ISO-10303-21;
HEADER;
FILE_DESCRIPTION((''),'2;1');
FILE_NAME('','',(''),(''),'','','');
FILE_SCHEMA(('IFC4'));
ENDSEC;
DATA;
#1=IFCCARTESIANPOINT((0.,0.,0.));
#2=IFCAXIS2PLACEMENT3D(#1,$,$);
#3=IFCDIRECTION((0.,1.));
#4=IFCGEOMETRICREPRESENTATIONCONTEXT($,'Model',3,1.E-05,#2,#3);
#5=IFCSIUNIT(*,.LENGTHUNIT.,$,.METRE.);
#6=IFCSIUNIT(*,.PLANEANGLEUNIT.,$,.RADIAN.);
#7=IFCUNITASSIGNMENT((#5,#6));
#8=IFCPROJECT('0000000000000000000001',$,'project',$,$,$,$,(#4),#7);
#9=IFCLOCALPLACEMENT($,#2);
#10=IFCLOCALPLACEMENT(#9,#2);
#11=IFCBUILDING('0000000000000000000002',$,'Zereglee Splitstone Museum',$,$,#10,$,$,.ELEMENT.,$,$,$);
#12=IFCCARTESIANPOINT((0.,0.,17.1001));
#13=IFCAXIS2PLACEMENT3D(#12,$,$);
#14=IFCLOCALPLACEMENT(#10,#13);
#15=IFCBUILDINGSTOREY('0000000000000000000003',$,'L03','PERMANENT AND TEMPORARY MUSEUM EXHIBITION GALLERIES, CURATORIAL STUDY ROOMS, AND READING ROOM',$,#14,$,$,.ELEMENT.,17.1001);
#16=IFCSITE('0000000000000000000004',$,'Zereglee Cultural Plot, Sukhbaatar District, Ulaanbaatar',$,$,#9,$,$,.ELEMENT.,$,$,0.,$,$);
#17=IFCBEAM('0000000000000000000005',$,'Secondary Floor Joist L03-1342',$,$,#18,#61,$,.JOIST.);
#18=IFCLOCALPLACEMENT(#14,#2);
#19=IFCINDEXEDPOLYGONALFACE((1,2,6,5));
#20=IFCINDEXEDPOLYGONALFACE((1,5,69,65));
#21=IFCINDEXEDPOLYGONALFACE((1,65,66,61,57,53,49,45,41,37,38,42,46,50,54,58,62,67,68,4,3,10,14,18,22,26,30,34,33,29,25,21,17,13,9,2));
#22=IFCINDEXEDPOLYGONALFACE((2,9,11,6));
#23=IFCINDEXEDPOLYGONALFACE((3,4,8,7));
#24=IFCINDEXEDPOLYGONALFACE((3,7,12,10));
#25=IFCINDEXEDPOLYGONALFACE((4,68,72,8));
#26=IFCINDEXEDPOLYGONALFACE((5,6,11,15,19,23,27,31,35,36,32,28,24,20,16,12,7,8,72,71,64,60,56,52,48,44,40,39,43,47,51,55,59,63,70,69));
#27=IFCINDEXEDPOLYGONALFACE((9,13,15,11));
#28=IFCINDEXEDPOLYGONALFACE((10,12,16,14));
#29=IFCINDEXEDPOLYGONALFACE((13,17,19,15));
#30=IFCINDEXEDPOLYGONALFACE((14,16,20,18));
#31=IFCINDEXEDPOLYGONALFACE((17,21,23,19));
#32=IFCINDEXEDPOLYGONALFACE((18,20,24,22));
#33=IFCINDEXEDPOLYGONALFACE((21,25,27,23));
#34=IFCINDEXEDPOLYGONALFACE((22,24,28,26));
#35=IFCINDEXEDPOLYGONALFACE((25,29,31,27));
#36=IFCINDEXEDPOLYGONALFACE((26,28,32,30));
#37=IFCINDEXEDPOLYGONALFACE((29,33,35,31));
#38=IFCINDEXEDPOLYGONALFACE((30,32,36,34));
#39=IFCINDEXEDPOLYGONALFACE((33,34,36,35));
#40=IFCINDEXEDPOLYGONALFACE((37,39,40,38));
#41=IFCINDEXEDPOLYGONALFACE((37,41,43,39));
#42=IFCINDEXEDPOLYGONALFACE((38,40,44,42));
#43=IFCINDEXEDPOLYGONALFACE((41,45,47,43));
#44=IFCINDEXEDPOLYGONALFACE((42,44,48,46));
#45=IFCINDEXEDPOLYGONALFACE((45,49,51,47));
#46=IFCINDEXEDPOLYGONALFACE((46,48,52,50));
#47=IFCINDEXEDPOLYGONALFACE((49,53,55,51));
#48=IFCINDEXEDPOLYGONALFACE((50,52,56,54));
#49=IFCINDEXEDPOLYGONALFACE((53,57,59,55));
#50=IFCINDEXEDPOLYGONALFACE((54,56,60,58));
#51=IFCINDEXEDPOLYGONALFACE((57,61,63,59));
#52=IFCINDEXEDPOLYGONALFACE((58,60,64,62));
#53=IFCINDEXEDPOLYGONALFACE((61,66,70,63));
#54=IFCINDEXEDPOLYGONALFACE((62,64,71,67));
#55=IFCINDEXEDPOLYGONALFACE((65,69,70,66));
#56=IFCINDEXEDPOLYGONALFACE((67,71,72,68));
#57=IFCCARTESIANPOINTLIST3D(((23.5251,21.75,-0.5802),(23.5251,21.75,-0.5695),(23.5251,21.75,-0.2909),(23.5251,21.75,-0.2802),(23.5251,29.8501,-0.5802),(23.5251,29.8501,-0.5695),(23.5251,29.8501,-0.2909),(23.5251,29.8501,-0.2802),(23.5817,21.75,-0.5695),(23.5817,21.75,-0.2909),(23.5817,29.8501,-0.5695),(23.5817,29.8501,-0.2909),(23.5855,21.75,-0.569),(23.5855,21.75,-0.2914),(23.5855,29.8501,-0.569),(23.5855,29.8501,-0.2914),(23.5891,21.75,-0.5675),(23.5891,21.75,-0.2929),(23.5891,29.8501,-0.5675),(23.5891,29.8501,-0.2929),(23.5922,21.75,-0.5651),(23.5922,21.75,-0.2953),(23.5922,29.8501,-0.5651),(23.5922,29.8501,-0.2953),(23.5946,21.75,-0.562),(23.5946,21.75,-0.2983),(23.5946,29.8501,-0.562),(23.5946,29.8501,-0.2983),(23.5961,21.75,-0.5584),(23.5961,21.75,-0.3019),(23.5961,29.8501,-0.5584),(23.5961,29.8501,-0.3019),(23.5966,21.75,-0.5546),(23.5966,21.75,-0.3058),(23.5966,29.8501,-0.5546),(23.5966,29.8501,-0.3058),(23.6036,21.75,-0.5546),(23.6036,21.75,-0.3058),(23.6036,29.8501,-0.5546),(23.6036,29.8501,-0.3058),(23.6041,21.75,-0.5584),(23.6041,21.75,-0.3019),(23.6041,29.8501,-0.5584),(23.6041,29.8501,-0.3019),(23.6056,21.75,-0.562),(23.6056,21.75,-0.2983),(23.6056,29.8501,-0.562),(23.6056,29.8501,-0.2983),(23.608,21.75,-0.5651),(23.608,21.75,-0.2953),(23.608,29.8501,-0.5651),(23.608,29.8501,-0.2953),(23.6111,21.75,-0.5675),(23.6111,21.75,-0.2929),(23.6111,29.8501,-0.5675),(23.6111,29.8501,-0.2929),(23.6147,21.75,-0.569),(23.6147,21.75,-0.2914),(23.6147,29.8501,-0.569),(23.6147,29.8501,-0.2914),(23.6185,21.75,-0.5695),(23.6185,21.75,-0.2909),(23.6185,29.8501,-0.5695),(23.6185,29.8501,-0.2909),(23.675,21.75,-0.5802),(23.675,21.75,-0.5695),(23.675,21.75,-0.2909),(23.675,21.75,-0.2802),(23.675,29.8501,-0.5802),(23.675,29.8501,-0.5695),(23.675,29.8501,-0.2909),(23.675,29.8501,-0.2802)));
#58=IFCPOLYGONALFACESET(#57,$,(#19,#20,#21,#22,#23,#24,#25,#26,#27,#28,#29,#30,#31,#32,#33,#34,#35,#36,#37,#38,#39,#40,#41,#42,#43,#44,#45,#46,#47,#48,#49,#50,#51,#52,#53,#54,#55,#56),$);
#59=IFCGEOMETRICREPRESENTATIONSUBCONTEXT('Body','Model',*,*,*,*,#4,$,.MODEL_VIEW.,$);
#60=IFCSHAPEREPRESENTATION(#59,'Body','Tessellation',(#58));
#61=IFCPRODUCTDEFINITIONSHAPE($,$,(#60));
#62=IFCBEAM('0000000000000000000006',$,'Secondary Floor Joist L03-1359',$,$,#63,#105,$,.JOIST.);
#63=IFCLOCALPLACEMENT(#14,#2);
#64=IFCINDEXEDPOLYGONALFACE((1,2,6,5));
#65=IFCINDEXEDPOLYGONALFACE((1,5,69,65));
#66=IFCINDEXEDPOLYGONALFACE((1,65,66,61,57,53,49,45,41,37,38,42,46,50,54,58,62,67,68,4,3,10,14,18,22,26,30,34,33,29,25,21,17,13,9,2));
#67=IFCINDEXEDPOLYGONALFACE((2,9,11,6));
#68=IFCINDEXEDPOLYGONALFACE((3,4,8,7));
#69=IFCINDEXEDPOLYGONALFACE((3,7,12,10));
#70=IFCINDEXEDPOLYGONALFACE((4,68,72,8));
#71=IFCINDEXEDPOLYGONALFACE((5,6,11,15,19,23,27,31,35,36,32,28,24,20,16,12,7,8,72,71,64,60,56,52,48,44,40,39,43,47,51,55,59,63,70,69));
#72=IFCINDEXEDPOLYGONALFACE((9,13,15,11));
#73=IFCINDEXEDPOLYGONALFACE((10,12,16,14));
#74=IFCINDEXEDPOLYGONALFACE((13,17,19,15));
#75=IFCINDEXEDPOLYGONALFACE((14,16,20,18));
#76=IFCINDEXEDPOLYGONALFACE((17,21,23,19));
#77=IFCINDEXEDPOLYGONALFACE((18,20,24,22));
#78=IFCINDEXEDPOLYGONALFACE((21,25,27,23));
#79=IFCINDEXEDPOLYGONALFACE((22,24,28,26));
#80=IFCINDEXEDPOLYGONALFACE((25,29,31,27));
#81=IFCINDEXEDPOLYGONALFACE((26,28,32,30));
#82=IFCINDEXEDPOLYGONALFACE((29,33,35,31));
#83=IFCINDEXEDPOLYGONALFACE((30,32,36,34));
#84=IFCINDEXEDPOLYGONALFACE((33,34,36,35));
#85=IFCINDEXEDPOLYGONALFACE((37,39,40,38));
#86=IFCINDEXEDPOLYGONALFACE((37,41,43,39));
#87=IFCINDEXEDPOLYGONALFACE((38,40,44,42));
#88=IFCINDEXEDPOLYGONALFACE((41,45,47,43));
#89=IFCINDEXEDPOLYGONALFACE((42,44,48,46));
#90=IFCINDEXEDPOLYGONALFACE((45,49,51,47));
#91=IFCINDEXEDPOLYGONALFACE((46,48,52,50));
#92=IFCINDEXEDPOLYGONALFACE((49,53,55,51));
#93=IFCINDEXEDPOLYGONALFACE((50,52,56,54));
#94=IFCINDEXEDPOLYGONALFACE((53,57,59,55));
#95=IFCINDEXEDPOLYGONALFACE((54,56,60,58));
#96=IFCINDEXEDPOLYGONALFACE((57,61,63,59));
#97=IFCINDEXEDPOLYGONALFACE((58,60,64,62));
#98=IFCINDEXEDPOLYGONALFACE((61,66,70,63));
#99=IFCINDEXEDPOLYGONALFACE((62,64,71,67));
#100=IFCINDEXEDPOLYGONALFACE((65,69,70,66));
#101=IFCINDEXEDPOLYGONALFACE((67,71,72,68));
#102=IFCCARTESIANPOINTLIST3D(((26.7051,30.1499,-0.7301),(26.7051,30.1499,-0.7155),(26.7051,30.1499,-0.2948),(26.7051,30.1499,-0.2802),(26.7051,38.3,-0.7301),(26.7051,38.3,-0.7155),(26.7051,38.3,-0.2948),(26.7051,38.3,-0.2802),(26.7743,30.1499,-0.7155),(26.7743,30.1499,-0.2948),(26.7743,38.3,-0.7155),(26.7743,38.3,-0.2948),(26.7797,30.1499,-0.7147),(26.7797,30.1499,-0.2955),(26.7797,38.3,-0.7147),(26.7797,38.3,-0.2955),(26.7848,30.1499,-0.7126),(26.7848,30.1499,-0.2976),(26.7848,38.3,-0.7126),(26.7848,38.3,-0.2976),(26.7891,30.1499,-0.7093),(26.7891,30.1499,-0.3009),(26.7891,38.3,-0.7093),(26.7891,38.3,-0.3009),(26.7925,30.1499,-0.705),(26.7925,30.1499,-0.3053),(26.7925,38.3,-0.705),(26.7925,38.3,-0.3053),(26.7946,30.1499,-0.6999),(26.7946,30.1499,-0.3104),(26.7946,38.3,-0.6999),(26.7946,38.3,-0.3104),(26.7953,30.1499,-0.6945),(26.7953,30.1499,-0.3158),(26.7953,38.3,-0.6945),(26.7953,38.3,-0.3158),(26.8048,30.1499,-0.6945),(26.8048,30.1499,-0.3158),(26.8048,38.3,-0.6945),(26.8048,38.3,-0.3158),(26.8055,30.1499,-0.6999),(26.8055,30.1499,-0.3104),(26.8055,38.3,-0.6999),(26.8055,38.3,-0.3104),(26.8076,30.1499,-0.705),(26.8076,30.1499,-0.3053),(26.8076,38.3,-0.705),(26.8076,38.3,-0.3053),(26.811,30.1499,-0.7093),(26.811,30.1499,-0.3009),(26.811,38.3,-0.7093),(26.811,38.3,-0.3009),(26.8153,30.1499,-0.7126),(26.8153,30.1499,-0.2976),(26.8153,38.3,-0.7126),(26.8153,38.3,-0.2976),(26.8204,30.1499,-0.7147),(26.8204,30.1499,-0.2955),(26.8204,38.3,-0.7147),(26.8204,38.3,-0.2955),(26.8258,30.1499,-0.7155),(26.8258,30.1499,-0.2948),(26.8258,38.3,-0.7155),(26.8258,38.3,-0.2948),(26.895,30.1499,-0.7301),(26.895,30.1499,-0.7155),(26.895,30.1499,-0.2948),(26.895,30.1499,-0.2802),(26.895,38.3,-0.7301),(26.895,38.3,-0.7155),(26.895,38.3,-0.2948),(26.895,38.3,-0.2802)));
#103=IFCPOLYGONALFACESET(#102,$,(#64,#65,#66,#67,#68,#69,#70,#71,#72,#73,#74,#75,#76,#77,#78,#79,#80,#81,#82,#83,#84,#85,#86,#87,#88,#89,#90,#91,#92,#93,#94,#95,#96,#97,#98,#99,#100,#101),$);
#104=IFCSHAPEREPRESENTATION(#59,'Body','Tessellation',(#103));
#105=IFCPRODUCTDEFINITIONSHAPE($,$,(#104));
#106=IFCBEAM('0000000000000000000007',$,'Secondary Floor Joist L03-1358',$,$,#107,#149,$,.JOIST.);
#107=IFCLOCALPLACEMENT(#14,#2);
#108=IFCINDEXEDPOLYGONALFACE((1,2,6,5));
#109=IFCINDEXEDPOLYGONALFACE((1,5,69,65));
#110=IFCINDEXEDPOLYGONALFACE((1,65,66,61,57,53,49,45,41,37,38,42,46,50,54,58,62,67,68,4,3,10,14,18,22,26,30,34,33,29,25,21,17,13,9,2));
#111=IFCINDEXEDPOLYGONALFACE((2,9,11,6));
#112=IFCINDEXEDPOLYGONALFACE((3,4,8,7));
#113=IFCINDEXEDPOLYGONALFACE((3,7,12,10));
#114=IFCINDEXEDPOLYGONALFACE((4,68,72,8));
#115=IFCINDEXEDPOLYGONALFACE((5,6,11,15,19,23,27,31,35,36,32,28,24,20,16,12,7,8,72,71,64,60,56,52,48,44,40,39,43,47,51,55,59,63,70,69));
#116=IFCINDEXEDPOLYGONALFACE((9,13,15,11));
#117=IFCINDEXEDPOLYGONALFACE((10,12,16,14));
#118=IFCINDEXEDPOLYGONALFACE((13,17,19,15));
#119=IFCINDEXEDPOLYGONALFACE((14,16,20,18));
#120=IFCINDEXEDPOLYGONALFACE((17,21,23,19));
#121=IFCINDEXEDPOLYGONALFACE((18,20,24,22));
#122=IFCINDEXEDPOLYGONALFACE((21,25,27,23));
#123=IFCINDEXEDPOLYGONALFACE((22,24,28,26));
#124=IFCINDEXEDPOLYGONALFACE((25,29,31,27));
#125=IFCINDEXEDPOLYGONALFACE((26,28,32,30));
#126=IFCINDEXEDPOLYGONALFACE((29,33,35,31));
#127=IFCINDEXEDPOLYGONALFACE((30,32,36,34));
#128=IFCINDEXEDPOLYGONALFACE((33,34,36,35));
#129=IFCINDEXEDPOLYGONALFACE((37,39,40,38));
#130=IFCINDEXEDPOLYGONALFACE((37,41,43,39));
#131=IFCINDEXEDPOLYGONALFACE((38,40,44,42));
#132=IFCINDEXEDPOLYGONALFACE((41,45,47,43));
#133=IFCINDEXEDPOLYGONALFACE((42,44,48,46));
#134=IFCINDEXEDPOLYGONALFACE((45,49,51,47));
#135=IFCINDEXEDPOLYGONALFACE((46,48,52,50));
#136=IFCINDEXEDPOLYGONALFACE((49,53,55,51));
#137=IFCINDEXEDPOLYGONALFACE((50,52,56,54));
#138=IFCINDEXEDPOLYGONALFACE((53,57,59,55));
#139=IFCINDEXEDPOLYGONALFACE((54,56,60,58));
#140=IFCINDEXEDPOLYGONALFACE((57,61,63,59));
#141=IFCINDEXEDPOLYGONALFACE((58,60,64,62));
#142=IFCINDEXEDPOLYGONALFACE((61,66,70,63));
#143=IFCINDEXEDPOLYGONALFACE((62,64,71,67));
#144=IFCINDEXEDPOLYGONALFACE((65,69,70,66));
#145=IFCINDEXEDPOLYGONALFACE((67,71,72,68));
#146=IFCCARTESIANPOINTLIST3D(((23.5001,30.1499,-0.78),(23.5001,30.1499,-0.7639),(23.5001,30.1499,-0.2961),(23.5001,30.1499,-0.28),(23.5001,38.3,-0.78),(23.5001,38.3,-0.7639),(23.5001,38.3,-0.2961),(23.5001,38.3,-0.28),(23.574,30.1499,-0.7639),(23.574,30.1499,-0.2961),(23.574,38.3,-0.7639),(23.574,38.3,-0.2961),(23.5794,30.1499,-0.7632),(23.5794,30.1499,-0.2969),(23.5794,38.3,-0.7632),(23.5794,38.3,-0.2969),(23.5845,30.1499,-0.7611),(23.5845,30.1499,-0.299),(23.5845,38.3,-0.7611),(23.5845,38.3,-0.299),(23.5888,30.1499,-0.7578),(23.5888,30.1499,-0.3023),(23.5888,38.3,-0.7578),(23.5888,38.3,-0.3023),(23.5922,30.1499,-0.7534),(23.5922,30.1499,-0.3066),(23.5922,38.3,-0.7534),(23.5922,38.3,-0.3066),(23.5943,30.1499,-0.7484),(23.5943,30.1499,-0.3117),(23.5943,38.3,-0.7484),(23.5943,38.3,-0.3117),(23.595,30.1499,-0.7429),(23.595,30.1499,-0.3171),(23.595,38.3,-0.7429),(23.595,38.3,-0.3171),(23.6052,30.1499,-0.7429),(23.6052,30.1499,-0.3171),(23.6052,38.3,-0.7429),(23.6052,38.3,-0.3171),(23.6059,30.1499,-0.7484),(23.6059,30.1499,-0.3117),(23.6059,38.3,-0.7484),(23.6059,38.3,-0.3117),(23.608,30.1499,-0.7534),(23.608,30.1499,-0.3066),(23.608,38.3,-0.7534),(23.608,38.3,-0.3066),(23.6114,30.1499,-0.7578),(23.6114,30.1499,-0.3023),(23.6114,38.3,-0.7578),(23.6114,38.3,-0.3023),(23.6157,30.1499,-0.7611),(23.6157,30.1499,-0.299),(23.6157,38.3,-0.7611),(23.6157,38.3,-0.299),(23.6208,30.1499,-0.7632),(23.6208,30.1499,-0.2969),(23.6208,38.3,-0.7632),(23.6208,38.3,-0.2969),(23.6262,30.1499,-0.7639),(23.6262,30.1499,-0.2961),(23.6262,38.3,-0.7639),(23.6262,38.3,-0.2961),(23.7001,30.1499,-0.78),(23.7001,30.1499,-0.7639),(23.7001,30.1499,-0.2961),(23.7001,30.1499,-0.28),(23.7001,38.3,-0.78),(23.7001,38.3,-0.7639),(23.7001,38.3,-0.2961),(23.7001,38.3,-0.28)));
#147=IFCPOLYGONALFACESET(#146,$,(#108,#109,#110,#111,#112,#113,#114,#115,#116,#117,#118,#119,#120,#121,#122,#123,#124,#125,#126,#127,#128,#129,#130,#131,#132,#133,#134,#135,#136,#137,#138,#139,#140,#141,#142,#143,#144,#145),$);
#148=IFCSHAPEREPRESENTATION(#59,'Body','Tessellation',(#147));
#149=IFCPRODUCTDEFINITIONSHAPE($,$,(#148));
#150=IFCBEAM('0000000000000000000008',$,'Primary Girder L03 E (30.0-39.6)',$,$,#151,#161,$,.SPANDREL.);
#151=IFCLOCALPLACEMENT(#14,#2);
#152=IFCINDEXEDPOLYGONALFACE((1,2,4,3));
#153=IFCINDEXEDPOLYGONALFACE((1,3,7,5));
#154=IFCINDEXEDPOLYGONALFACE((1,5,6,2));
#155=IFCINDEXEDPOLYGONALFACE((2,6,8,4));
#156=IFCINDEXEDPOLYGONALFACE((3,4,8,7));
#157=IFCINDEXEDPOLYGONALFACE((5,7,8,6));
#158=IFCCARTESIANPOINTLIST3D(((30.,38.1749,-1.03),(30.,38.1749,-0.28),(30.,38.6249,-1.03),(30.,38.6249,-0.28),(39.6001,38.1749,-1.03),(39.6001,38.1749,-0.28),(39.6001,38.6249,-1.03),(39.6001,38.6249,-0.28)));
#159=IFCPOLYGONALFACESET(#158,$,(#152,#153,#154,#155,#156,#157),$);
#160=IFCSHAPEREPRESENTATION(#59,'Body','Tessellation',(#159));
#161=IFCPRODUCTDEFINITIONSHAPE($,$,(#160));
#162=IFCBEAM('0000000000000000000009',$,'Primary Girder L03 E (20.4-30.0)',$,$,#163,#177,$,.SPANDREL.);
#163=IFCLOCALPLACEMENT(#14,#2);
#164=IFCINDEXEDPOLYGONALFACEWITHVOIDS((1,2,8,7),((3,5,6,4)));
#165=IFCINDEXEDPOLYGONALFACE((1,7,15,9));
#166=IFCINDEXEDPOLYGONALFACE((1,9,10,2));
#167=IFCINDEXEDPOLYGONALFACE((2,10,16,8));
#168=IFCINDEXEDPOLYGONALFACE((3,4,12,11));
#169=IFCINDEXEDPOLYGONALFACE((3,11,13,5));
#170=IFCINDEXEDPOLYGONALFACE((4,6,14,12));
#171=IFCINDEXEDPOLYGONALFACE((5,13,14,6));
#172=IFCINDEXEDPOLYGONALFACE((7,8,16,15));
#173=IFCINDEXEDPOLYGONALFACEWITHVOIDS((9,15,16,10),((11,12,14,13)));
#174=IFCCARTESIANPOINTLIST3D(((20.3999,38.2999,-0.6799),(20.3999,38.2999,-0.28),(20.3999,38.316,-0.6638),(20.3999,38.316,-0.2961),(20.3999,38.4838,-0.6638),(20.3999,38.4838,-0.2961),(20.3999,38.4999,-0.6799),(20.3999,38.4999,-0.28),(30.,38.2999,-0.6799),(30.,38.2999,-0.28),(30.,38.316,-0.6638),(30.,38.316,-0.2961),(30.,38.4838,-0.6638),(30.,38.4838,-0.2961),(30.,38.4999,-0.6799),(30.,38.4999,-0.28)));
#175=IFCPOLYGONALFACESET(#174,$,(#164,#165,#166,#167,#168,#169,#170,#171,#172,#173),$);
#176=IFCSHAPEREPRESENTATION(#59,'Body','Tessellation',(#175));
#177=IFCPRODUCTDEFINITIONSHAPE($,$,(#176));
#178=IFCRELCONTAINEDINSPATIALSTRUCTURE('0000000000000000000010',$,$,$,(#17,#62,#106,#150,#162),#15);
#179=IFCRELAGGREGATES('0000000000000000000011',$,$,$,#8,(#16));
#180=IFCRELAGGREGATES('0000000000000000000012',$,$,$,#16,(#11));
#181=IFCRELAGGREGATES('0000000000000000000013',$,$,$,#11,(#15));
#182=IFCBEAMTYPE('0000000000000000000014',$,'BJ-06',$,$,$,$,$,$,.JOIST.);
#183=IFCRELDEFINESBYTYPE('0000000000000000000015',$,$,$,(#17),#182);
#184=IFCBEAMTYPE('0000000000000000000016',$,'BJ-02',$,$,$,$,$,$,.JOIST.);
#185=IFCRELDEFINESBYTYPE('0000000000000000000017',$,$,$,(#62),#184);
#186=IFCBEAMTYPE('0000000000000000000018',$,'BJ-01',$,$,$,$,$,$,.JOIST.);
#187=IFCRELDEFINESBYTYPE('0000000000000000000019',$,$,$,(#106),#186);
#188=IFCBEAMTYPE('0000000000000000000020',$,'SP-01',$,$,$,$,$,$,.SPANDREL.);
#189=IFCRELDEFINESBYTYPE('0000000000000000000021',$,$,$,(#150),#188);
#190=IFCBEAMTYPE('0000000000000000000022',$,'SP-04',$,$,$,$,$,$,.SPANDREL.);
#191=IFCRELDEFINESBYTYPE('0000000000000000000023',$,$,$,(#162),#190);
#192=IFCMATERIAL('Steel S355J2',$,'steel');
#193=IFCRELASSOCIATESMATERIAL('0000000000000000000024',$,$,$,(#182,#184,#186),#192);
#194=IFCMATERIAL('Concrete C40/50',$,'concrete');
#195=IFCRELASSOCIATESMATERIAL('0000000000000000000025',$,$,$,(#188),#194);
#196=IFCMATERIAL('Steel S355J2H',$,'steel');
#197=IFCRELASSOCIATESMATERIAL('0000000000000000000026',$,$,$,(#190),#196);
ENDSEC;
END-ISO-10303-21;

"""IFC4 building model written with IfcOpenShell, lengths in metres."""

from ifc_helpers import new_model, si_unit, direction, frame, origin, origin_2d, place, context, subcontext, project, spatial, rectangle, hollow_rectangle, i_section, extrude, material, material_profile, profile_set, type_object, element, save


model = new_model("IFC4")

# Units and contexts
model_context = context("Model", 3, precision=1e-05, world=origin(), true_north=direction((0.0, 1.0)))
body_context = subcontext(model_context, "Body", "Model", "MODEL_VIEW")
ifc_project = project(units=[si_unit("LENGTHUNIT", "METRE"), si_unit("PLANEANGLEUNIT", "RADIAN")], contexts=[model_context])

# Site, building, storey
site_placement = place(None, origin())
site = spatial("IfcSite", under=ifc_project, at=site_placement, Name="Zereglee Cultural Plot, Sukhbaatar District, Ulaanbaatar", CompositionType="ELEMENT", RefElevation=0.0)
building_placement = place(site_placement, origin())
building = spatial("IfcBuilding", under=site, at=building_placement, Name="Zereglee Splitstone Museum", CompositionType="ELEMENT")
storey_placement = place(building_placement, frame((0.0, 0.0, 17.1001)))
storey = spatial("IfcBuildingStorey", under=building, at=storey_placement, Name="L03", Description="PERMANENT AND TEMPORARY MUSEUM EXHIBITION GALLERIES, CURATORIAL STUDY ROOMS, AND READING ROOM", CompositionType="ELEMENT", Elevation=17.1001)

# Shared definitions
ifc_material_1 = material(Name="Steel S355J2", Category="steel")
ifc_material_2 = material(Name="Steel S355J2H", Category="steel")

# Shared definitions
ifc_material_3 = material(Name="Concrete C40/50", Category="concrete")

# Beams
ifc_material_profile_1 = material_profile(ifc_material_1, i_section(OverallWidth=0.1499, OverallDepth=0.3, WebThickness=0.0071, FlangeThickness=0.0107, FilletRadius=0.0149, at=origin_2d()), Name="IPE 300")
ifc_profile_set_1 = profile_set([ifc_material_profile_1], Name="Steel S355J2")
beam_type_1 = type_object("IfcBeamType", Name="BJ-06", PredefinedType="JOIST", material=ifc_profile_set_1)
beam_1_placement = place(storey_placement, frame((23.6001, 21.75, -0.4302), z_axis=(0.0, 1.0, 0.0), x_axis=(-1.0, 0.0, 0.0)))
element("IfcBeam", 1, at=beam_1_placement, inside=storey, type_object=beam_type_1, Name="Secondary Floor Joist L03-1342", PredefinedType="JOIST", context=body_context, shape_type="SweptSolid", body=[
    extrude(i_section(OverallWidth=0.1499, OverallDepth=0.3, WebThickness=0.0071, FlangeThickness=0.0107, FilletRadius=0.0149, at=origin_2d()), origin(), (0.0, 0.0, 1.0), 8.1001),
])
ifc_material_profile_2 = material_profile(ifc_material_1, i_section(OverallWidth=0.1899, OverallDepth=0.45, WebThickness=0.0095, FlangeThickness=0.0146, FilletRadius=0.021, at=origin_2d()), Name="IPE 450")
ifc_profile_set_2 = profile_set([ifc_material_profile_2], Name="Steel S355J2")
beam_type_2 = type_object("IfcBeamType", Name="BJ-02", PredefinedType="JOIST", material=ifc_profile_set_2)
beam_2_placement = place(storey_placement, frame((26.8, 30.1499, -0.5051), z_axis=(0.0, 1.0, 0.0), x_axis=(-1.0, 0.0, 0.0)))
element("IfcBeam", 2, at=beam_2_placement, inside=storey, type_object=beam_type_2, Name="Secondary Floor Joist L03-1359", PredefinedType="JOIST", context=body_context, shape_type="SweptSolid", body=[
    extrude(i_section(OverallWidth=0.1899, OverallDepth=0.45, WebThickness=0.0095, FlangeThickness=0.0146, FilletRadius=0.021, at=origin_2d()), origin(), (0.0, 0.0, 1.0), 8.1501),
])
ifc_material_profile_3 = material_profile(ifc_material_1, i_section(OverallWidth=0.2, OverallDepth=0.5, WebThickness=0.0103, FlangeThickness=0.0161, FilletRadius=0.021, at=origin_2d()), Name="IPE 500")
ifc_profile_set_3 = profile_set([ifc_material_profile_3], Name="Steel S355J2")
beam_type_3 = type_object("IfcBeamType", Name="BJ-01", PredefinedType="JOIST", material=ifc_profile_set_3)
beam_3_placement = place(storey_placement, frame((23.6001, 30.1499, -0.53), z_axis=(0.0, 1.0, 0.0), x_axis=(-1.0, 0.0, 0.0)))
element("IfcBeam", 3, at=beam_3_placement, inside=storey, type_object=beam_type_3, Name="Secondary Floor Joist L03-1358", PredefinedType="JOIST", context=body_context, shape_type="SweptSolid", body=[
    extrude(i_section(OverallWidth=0.2, OverallDepth=0.5, WebThickness=0.0103, FlangeThickness=0.0161, FilletRadius=0.021, at=origin_2d()), origin(), (0.0, 0.0, 1.0), 8.1501),
])
ifc_material_profile_4 = material_profile(ifc_material_3, rectangle(XDim=0.45, YDim=0.75, at=origin_2d()), Name="RC 450x750")
ifc_profile_set_4 = profile_set([ifc_material_profile_4], Name="Concrete C40/50")
beam_type_4 = type_object("IfcBeamType", Name="SP-01", PredefinedType="SPANDREL", material=ifc_profile_set_4)
beam_4_placement = place(storey_placement, frame((30.0, 38.3999, -0.655), z_axis=(1.0, 0.0, 0.0), x_axis=(0.0, 1.0, 0.0)))
element("IfcBeam", 4, at=beam_4_placement, inside=storey, type_object=beam_type_4, Name="Primary Girder L03 E (30.0-39.6)", PredefinedType="SPANDREL", context=body_context, shape_type="SweptSolid", body=[
    extrude(rectangle(XDim=0.45, YDim=0.75, at=origin_2d()), origin(), (0.0, 0.0, 1.0), 9.6001),
])
ifc_material_profile_5 = material_profile(ifc_material_2, hollow_rectangle(XDim=0.2, YDim=0.3999, WallThickness=0.0161, at=origin_2d()), Name="RHS 400x200x16")
ifc_profile_set_5 = profile_set([ifc_material_profile_5], Name="Steel S355J2H")
beam_type_5 = type_object("IfcBeamType", Name="SP-04", PredefinedType="SPANDREL", material=ifc_profile_set_5)
beam_5_placement = place(storey_placement, frame((20.3999, 38.3999, -0.48), z_axis=(1.0, 0.0, 0.0), x_axis=(0.0, 1.0, 0.0)))
element("IfcBeam", 5, at=beam_5_placement, inside=storey, type_object=beam_type_5, Name="Primary Girder L03 E (20.4-30.0)", PredefinedType="SPANDREL", context=body_context, shape_type="SweptSolid", body=[
    extrude(hollow_rectangle(XDim=0.2, YDim=0.3999, WallThickness=0.0161, at=origin_2d()), origin(), (0.0, 0.0, 1.0), 9.6001),
])

save(model, "model.ifc")
